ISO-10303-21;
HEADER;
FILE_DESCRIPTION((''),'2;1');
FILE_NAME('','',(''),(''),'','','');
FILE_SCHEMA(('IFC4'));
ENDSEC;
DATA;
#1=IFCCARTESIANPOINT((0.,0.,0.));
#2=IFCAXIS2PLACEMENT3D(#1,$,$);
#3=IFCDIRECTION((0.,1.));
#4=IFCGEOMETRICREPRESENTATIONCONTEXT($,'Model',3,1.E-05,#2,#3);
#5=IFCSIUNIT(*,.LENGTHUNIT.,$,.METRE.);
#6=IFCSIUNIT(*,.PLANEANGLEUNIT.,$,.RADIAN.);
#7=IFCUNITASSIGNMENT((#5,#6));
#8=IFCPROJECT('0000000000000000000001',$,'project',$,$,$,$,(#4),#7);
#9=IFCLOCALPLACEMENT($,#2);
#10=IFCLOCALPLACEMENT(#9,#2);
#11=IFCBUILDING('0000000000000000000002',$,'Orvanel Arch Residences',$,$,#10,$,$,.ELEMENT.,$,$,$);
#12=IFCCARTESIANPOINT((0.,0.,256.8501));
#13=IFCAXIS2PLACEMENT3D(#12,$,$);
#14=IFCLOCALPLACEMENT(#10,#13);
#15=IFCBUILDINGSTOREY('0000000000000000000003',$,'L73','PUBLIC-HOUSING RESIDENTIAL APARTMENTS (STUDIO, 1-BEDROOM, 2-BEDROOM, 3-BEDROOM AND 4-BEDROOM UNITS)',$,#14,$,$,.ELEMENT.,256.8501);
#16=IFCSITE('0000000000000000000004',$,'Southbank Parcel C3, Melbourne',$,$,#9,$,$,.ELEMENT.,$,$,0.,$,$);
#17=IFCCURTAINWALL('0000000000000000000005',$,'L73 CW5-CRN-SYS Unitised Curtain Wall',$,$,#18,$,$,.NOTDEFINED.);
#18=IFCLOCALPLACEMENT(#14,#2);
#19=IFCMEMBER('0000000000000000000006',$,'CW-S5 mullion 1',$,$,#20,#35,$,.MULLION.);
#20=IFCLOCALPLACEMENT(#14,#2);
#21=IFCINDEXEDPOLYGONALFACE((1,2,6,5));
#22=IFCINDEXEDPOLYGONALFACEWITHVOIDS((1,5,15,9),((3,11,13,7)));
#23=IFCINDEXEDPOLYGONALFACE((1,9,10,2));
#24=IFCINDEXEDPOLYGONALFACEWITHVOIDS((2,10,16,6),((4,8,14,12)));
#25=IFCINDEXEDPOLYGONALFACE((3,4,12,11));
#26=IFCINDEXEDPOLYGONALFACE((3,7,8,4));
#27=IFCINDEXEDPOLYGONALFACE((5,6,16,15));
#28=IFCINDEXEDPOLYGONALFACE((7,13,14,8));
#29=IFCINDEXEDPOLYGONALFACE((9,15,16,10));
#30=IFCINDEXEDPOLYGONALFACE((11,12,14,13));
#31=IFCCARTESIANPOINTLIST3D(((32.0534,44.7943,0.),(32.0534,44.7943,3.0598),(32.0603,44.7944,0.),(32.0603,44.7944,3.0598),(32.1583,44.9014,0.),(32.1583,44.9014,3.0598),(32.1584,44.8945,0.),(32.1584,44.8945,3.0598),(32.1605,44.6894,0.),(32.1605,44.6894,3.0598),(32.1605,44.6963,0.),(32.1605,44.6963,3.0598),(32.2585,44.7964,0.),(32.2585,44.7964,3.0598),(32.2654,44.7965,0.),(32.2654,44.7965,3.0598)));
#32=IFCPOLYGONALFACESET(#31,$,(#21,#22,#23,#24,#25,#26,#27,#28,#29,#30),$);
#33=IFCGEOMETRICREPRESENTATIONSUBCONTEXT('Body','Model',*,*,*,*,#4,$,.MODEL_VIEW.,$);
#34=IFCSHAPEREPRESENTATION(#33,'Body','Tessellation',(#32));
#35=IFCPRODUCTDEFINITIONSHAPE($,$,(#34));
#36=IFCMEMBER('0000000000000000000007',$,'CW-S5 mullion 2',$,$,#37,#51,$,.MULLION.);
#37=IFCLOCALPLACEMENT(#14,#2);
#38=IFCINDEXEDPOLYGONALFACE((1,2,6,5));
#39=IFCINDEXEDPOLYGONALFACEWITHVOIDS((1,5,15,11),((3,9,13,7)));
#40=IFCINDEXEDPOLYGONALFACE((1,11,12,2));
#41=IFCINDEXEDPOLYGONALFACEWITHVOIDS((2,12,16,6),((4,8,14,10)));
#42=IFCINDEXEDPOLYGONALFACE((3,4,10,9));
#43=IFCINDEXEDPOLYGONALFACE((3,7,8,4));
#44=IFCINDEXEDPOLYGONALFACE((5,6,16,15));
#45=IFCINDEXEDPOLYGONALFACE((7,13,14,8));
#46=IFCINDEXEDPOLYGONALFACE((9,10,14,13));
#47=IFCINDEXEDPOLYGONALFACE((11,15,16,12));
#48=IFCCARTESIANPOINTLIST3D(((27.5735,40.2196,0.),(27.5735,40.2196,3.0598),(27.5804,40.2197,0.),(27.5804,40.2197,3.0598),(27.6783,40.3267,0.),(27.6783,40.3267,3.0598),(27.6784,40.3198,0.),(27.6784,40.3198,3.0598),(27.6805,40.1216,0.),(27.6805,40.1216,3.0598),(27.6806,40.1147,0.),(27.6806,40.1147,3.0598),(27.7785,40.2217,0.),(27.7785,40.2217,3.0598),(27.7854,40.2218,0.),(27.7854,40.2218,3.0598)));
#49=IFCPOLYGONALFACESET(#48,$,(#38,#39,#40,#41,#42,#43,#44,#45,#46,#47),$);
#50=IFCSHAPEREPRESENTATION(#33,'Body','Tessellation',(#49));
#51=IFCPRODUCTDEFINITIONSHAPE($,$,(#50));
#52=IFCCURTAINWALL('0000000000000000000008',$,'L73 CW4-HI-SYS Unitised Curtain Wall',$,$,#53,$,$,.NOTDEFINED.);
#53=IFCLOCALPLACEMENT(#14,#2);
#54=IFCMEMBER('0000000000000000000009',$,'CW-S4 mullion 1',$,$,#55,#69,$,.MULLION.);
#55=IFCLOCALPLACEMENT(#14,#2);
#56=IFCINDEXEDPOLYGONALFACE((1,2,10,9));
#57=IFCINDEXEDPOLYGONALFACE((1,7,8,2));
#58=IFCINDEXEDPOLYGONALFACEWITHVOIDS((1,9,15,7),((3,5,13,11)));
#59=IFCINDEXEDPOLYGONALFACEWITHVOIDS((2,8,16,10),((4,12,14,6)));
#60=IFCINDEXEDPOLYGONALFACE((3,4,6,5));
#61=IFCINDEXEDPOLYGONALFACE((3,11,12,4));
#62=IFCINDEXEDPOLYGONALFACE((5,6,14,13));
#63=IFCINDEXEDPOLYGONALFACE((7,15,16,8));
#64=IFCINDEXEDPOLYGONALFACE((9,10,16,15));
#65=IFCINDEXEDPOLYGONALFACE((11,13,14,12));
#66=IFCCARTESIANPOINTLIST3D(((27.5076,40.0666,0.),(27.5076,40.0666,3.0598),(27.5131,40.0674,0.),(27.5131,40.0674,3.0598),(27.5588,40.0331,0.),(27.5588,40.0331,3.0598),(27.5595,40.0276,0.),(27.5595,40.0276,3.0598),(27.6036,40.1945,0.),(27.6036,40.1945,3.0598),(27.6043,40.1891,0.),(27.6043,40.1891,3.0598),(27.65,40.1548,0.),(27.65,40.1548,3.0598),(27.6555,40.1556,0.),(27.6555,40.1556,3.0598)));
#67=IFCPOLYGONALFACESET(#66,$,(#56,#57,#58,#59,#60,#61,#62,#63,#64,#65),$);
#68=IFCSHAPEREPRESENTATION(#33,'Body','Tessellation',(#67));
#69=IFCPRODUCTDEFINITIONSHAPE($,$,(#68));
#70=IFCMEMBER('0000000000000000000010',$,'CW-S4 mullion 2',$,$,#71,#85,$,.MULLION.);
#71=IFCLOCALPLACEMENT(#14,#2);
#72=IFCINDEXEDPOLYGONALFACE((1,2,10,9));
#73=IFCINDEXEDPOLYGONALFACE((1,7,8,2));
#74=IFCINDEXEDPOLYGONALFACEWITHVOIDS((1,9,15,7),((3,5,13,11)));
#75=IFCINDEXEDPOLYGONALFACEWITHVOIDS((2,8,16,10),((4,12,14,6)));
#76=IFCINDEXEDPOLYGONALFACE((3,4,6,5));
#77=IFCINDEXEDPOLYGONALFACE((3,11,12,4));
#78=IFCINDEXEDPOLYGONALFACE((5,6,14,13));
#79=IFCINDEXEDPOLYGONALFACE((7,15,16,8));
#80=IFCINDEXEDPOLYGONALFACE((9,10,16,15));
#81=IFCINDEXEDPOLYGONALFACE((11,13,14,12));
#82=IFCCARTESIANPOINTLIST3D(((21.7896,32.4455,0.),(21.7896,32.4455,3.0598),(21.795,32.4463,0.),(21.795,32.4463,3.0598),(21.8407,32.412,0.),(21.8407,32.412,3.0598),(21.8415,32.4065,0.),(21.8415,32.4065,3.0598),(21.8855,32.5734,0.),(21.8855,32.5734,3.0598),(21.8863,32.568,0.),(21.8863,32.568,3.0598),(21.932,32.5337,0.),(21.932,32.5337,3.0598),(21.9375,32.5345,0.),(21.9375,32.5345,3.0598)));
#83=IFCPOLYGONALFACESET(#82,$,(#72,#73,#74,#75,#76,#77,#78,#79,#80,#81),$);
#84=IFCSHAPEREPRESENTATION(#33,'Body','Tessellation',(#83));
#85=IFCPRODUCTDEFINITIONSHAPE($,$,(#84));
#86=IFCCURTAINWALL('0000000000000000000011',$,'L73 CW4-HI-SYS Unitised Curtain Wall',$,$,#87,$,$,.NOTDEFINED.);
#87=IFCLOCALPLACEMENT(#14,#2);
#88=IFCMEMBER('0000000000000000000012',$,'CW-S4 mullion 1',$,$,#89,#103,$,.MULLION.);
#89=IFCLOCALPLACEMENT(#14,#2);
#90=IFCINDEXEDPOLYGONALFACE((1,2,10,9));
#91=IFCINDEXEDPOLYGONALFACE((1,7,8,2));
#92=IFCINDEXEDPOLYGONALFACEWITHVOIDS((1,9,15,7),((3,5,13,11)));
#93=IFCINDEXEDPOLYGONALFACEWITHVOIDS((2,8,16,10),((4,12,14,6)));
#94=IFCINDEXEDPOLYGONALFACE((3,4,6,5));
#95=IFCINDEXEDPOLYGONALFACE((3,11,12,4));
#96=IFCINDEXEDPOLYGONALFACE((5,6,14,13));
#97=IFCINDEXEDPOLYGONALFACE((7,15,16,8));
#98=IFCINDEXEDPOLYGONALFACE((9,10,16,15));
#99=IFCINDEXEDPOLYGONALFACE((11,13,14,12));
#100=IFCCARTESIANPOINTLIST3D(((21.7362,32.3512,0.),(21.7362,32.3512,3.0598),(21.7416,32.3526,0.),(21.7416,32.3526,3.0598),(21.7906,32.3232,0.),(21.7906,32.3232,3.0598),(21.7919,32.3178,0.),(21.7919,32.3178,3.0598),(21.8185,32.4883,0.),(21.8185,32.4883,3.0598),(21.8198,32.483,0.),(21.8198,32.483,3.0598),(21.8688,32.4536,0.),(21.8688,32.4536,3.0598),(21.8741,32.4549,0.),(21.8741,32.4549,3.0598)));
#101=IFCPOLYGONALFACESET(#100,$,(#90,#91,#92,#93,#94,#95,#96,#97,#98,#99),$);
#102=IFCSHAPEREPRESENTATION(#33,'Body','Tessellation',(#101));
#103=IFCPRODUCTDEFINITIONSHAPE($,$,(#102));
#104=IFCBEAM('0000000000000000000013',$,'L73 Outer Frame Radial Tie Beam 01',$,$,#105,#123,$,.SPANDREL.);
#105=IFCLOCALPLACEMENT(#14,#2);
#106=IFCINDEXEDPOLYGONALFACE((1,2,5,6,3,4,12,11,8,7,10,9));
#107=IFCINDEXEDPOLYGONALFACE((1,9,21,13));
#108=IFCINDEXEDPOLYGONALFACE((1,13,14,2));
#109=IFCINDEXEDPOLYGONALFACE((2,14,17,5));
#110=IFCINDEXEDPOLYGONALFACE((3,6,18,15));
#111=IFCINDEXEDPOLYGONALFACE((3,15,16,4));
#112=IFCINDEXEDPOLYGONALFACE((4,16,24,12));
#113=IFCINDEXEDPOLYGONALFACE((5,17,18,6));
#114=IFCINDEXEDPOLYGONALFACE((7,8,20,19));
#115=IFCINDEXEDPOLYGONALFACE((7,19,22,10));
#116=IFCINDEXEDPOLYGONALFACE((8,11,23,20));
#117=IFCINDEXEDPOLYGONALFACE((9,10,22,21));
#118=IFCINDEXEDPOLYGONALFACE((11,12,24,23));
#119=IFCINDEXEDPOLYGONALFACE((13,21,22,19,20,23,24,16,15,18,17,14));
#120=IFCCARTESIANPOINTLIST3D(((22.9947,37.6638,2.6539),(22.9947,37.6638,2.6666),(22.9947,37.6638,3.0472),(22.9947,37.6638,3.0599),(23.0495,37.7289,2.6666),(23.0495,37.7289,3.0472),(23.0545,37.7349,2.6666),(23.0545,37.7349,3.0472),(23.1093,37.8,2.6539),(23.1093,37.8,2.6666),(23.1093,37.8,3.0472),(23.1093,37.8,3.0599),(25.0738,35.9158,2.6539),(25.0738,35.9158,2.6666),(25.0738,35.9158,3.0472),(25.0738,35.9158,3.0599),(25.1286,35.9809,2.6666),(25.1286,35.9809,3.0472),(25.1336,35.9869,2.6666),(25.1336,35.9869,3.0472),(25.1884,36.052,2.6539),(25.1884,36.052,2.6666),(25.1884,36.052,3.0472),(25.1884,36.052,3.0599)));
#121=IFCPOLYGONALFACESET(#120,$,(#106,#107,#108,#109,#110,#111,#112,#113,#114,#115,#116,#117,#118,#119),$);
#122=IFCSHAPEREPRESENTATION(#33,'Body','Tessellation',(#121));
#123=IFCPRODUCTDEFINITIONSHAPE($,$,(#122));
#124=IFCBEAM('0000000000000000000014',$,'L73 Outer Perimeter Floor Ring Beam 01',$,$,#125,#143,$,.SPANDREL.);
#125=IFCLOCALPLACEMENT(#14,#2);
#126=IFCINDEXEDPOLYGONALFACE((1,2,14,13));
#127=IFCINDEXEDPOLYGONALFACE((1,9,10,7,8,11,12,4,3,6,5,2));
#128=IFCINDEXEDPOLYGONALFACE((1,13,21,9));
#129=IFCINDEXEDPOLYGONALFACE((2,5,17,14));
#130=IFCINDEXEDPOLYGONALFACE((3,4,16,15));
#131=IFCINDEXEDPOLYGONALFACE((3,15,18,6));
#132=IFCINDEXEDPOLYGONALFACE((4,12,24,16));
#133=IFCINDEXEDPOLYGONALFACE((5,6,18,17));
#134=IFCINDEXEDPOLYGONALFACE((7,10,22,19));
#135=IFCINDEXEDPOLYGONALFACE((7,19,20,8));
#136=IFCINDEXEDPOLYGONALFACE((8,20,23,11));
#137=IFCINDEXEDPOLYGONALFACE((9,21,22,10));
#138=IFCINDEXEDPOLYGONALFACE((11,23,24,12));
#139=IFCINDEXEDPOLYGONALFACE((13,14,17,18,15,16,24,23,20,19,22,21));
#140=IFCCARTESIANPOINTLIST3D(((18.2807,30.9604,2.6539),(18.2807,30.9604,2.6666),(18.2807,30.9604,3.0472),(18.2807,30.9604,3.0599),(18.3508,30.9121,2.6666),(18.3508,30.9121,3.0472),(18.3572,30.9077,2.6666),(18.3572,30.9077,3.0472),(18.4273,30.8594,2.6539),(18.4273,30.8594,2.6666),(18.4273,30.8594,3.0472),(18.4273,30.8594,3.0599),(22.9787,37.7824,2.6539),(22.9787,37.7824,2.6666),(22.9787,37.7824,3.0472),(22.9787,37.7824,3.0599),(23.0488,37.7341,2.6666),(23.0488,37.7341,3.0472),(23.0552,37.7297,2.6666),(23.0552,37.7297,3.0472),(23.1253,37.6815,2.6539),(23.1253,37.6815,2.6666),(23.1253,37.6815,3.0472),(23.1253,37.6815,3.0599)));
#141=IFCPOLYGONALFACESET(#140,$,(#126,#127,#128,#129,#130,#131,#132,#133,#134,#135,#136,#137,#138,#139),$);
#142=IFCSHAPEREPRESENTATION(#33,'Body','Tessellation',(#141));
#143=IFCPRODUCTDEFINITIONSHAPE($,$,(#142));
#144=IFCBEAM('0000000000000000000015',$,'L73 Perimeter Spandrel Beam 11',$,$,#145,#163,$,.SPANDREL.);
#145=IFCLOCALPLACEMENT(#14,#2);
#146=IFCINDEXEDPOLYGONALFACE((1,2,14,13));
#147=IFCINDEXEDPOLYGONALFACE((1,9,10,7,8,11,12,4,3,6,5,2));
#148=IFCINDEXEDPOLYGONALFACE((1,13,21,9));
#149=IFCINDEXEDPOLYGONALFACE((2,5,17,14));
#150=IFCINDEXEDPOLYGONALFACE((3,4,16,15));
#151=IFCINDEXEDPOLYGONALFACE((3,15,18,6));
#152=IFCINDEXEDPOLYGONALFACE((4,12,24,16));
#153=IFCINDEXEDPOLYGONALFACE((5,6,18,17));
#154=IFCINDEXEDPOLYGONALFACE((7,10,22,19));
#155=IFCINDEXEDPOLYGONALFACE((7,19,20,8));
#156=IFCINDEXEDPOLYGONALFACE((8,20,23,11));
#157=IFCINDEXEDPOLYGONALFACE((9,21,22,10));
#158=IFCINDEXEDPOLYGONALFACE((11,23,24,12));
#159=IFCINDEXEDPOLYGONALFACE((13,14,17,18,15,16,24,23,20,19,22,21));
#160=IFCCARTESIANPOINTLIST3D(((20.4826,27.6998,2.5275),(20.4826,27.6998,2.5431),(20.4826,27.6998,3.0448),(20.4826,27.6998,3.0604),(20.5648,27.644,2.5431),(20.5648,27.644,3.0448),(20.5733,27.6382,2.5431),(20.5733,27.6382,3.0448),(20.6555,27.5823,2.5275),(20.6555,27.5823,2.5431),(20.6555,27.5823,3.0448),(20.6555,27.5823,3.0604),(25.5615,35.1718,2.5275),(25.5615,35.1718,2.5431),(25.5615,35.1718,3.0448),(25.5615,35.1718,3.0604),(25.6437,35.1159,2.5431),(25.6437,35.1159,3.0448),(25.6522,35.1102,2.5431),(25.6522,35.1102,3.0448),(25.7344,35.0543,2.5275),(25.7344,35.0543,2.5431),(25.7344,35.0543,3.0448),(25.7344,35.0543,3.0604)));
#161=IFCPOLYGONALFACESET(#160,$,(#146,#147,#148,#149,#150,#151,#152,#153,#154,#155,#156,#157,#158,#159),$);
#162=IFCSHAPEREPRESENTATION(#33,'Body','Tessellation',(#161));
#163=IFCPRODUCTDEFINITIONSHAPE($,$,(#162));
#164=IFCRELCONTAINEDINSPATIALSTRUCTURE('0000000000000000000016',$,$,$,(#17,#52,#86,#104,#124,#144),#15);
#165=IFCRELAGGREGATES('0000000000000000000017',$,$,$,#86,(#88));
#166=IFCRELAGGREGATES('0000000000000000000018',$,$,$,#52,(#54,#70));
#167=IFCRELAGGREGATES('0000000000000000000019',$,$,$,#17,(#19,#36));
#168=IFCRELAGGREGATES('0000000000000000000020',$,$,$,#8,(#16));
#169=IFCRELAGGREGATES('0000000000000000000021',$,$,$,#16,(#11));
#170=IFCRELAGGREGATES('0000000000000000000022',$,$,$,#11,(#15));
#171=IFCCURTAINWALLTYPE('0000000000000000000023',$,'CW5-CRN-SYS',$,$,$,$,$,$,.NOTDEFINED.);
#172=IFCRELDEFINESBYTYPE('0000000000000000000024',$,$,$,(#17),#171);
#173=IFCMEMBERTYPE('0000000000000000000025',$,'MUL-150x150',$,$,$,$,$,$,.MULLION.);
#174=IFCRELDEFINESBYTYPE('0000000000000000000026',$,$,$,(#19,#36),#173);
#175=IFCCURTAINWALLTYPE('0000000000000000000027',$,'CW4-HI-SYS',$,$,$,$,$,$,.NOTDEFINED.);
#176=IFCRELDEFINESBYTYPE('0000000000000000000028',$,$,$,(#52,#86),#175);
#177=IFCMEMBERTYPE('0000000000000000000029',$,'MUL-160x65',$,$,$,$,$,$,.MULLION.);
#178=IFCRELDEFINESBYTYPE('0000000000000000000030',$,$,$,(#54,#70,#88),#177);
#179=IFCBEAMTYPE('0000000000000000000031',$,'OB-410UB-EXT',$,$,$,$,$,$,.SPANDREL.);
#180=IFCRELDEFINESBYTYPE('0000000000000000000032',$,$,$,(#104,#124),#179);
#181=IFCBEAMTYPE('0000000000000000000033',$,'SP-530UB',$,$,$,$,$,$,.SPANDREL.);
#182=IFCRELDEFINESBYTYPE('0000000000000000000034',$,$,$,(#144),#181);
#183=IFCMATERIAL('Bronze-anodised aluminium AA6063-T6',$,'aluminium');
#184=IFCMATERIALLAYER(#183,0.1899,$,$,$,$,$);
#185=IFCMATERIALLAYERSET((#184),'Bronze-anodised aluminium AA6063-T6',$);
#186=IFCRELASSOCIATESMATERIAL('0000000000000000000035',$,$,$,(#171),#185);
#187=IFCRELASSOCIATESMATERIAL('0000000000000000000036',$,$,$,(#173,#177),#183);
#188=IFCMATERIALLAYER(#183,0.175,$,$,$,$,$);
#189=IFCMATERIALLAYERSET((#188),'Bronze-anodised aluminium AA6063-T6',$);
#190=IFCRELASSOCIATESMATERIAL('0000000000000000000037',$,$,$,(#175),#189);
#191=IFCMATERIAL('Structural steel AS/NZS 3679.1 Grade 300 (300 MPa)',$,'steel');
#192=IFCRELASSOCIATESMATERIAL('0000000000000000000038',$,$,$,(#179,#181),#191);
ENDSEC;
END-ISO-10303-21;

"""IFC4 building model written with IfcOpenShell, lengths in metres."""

from ifc_helpers import new_model, si_unit, direction, frame, origin, origin_2d, place, context, subcontext, project, spatial, hollow_rectangle, i_section, extrude, material, layer, layer_set, material_profile, profile_set, type_object, element, aggregate, save


model = new_model("IFC4")

# Units and contexts
model_context = context("Model", 3, precision=1e-05, world=origin(), true_north=direction((0.0, 1.0)))
body_context = subcontext(model_context, "Body", "Model", "MODEL_VIEW")
ifc_project = project(units=[si_unit("LENGTHUNIT", "METRE"), si_unit("PLANEANGLEUNIT", "RADIAN")], contexts=[model_context])

# Site, building, storey
site_placement = place(None, origin())
site = spatial("IfcSite", under=ifc_project, at=site_placement, Name="Southbank Parcel C3, Melbourne", CompositionType="ELEMENT", RefElevation=0.0)
building_placement = place(site_placement, origin())
building = spatial("IfcBuilding", under=site, at=building_placement, Name="Orvanel Arch Residences", CompositionType="ELEMENT")
storey_placement = place(building_placement, frame((0.0, 0.0, 256.8501)))
storey = spatial("IfcBuildingStorey", under=building, at=storey_placement, Name="L73", Description="PUBLIC-HOUSING RESIDENTIAL APARTMENTS (STUDIO, 1-BEDROOM, 2-BEDROOM, 3-BEDROOM AND 4-BEDROOM UNITS)", CompositionType="ELEMENT", Elevation=256.8501)

# Shared definitions
ifc_material_1 = material(Name="Structural steel AS/NZS 3679.1 Grade 300 (300 MPa)", Category="steel")

# Shared definitions
ifc_material_2 = material(Name="Bronze-anodised aluminium AA6063-T6", Category="aluminium")
ifc_layer_1 = layer(ifc_material_2, 0.1899)
ifc_layer_set_1 = layer_set([ifc_layer_1], Name="Bronze-anodised aluminium AA6063-T6")
curtain_wall_type_1 = type_object("IfcCurtainWallType", Name="CW5-CRN-SYS", PredefinedType="NOTDEFINED", material=ifc_layer_set_1)
ifc_material_profile_1 = material_profile(ifc_material_2, hollow_rectangle(XDim=0.1499, YDim=0.1499, WallThickness=0.0049, at=origin_2d()), Name="ALU150x150x5")
ifc_profile_set_1 = profile_set([ifc_material_profile_1], Name="Bronze-anodised aluminium AA6063-T6")
member_type_1 = type_object("IfcMemberType", Name="MUL-150x150", PredefinedType="MULLION", material=ifc_profile_set_1)

# Curtain walls, members
curtain_wall_1_placement = place(storey_placement, origin())
curtain_wall_1 = element("IfcCurtainWall", 1, at=curtain_wall_1_placement, inside=storey, type_object=curtain_wall_type_1, Name="L73 CW5-CRN-SYS Unitised Curtain Wall", PredefinedType="NOTDEFINED")
member_1_placement = place(storey_placement, frame((32.1594, 44.7954, 0.0), z_axis=(0.0, 0.0, 1.0), x_axis=(0.714469, -0.699667, 0.0)))
member_1 = element("IfcMember", 2, at=member_1_placement, type_object=member_type_1, Name="CW-S5 mullion 1", PredefinedType="MULLION", context=body_context, shape_type="SweptSolid", body=[
    extrude(hollow_rectangle(XDim=0.1499, YDim=0.1499, WallThickness=0.0049, at=origin_2d()), origin(), (0.0, 0.0, 1.0), 3.0598),
])
member_2_placement = place(storey_placement, frame((27.6794, 40.2207, 0.0), z_axis=(0.0, 0.0, 1.0), x_axis=(0.714469, -0.699667, 0.0)))
member_2 = element("IfcMember", 3, at=member_2_placement, type_object=member_type_1, Name="CW-S5 mullion 2", PredefinedType="MULLION", context=body_context, shape_type="SweptSolid", body=[
    extrude(hollow_rectangle(XDim=0.1499, YDim=0.1499, WallThickness=0.0049, at=origin_2d()), origin(), (0.0, 0.0, 1.0), 3.0598),
])
ifc_layer_2 = layer(ifc_material_2, 0.175)
ifc_layer_set_2 = layer_set([ifc_layer_2], Name="Bronze-anodised aluminium AA6063-T6")
curtain_wall_type_2 = type_object("IfcCurtainWallType", Name="CW4-HI-SYS", PredefinedType="NOTDEFINED", material=ifc_layer_set_2)
curtain_wall_2_placement = place(storey_placement, origin())
curtain_wall_2 = element("IfcCurtainWall", 4, at=curtain_wall_2_placement, inside=storey, type_object=curtain_wall_type_2, Name="L73 CW4-HI-SYS Unitised Curtain Wall", PredefinedType="NOTDEFINED")
ifc_material_profile_2 = material_profile(ifc_material_2, hollow_rectangle(XDim=0.0649, YDim=0.1599, WallThickness=0.0039, at=origin_2d()), Name="ALU160x65x4")
ifc_profile_set_2 = profile_set([ifc_material_profile_2], Name="Bronze-anodised aluminium AA6063-T6")
member_type_2 = type_object("IfcMemberType", Name="MUL-160x65", PredefinedType="MULLION", material=ifc_profile_set_2)
member_3_placement = place(storey_placement, frame((27.5815, 40.1111, 0.0), z_axis=(0.0, 0.0, 1.0), x_axis=(0.799887, -0.60015, 0.0)))
member_3 = element("IfcMember", 5, at=member_3_placement, type_object=member_type_2, Name="CW-S4 mullion 1", PredefinedType="MULLION", context=body_context, shape_type="SweptSolid", body=[
    extrude(hollow_rectangle(XDim=0.0649, YDim=0.1599, WallThickness=0.0039, at=origin_2d()), origin(), (0.0, 0.0, 1.0), 3.0598),
])
member_4_placement = place(storey_placement, frame((21.8635, 32.49, 0.0), z_axis=(0.0, 0.0, 1.0), x_axis=(0.799887, -0.60015, 0.0)))
member_4 = element("IfcMember", 6, at=member_4_placement, type_object=member_type_2, Name="CW-S4 mullion 2", PredefinedType="MULLION", context=body_context, shape_type="SweptSolid", body=[
    extrude(hollow_rectangle(XDim=0.0649, YDim=0.1599, WallThickness=0.0039, at=origin_2d()), origin(), (0.0, 0.0, 1.0), 3.0598),
])

# Curtain wall, member
curtain_wall_3_placement = place(storey_placement, origin())
curtain_wall_3 = element("IfcCurtainWall", 7, at=curtain_wall_3_placement, inside=storey, type_object=curtain_wall_type_2, Name="L73 CW4-HI-SYS Unitised Curtain Wall", PredefinedType="NOTDEFINED")
member_5_placement = place(storey_placement, frame((21.8052, 32.4031, 0.0), z_axis=(0.0, 0.0, 1.0), x_axis=(0.857576, -0.514357, 0.0)))
member_5 = element("IfcMember", 8, at=member_5_placement, type_object=member_type_2, Name="CW-S4 mullion 1", PredefinedType="MULLION", context=body_context, shape_type="SweptSolid", body=[
    extrude(hollow_rectangle(XDim=0.0649, YDim=0.1599, WallThickness=0.0039, at=origin_2d()), origin(), (0.0, 0.0, 1.0), 3.0598),
])

# Beams
ifc_material_profile_3 = material_profile(ifc_material_1, i_section(OverallWidth=0.178, OverallDepth=0.406, WebThickness=0.0078, FlangeThickness=0.0127, at=origin_2d()), Name="410UB59.7")
ifc_profile_set_3 = profile_set([ifc_material_profile_3], Name="Structural steel AS/NZS 3679.1 Grade 300 (300 MPa)")
beam_type_1 = type_object("IfcBeamType", Name="OB-410UB-EXT", PredefinedType="SPANDREL", material=ifc_profile_set_3)
beam_1_placement = place(storey_placement, frame((25.1311, 35.9839, 2.8569), z_axis=(-0.765414, 0.643538, 0.0), x_axis=(-0.643538, -0.765414, 0.0)))
element("IfcBeam", 9, at=beam_1_placement, inside=storey, type_object=beam_type_1, Name="L73 Outer Frame Radial Tie Beam 01", PredefinedType="SPANDREL", context=body_context, shape_type="SweptSolid", body=[
    extrude(i_section(OverallWidth=0.178, OverallDepth=0.406, WebThickness=0.0078, FlangeThickness=0.0127, at=origin_2d()), origin(), (0.0, 0.0, 1.0), 2.7163),
])
beam_2_placement = place(storey_placement, frame((23.052, 37.7319, 2.8569), z_axis=(-0.567173, -0.823599, 0.0), x_axis=(0.823599, -0.567173, 0.0)))
element("IfcBeam", 10, at=beam_2_placement, inside=storey, type_object=beam_type_1, Name="L73 Outer Perimeter Floor Ring Beam 01", PredefinedType="SPANDREL", context=body_context, shape_type="SweptSolid", body=[
    extrude(i_section(OverallWidth=0.178, OverallDepth=0.406, WebThickness=0.0078, FlangeThickness=0.0127, at=origin_2d()), origin(), (0.0, 0.0, 1.0), 8.2832),
])
ifc_material_profile_4 = material_profile(ifc_material_1, i_section(OverallWidth=0.209, OverallDepth=0.533, WebThickness=0.0103, FlangeThickness=0.0156, at=origin_2d()), Name="530UB92.4")
ifc_profile_set_4 = profile_set([ifc_material_profile_4], Name="Structural steel AS/NZS 3679.1 Grade 300 (300 MPa)")
beam_type_2 = type_object("IfcBeamType", Name="SP-530UB", PredefinedType="SPANDREL", material=ifc_profile_set_4)
beam_3_placement = place(storey_placement, frame((25.6479, 35.113, 2.7939), z_axis=(-0.562155, -0.827032, 0.0), x_axis=(0.827032, -0.562155, 0.0)))
element("IfcBeam", 11, at=beam_3_placement, inside=storey, type_object=beam_type_2, Name="L73 Perimeter Spandrel Beam 11", PredefinedType="SPANDREL", context=body_context, shape_type="SweptSolid", body=[
    extrude(i_section(OverallWidth=0.209, OverallDepth=0.533, WebThickness=0.0103, FlangeThickness=0.0156, at=origin_2d()), origin(), (0.0, 0.0, 1.0), 9.0347),
])

aggregate(curtain_wall_3, [member_5])

aggregate(curtain_wall_2, [member_3, member_4])
aggregate(curtain_wall_1, [member_1, member_2])

save(model, "model.ifc")
